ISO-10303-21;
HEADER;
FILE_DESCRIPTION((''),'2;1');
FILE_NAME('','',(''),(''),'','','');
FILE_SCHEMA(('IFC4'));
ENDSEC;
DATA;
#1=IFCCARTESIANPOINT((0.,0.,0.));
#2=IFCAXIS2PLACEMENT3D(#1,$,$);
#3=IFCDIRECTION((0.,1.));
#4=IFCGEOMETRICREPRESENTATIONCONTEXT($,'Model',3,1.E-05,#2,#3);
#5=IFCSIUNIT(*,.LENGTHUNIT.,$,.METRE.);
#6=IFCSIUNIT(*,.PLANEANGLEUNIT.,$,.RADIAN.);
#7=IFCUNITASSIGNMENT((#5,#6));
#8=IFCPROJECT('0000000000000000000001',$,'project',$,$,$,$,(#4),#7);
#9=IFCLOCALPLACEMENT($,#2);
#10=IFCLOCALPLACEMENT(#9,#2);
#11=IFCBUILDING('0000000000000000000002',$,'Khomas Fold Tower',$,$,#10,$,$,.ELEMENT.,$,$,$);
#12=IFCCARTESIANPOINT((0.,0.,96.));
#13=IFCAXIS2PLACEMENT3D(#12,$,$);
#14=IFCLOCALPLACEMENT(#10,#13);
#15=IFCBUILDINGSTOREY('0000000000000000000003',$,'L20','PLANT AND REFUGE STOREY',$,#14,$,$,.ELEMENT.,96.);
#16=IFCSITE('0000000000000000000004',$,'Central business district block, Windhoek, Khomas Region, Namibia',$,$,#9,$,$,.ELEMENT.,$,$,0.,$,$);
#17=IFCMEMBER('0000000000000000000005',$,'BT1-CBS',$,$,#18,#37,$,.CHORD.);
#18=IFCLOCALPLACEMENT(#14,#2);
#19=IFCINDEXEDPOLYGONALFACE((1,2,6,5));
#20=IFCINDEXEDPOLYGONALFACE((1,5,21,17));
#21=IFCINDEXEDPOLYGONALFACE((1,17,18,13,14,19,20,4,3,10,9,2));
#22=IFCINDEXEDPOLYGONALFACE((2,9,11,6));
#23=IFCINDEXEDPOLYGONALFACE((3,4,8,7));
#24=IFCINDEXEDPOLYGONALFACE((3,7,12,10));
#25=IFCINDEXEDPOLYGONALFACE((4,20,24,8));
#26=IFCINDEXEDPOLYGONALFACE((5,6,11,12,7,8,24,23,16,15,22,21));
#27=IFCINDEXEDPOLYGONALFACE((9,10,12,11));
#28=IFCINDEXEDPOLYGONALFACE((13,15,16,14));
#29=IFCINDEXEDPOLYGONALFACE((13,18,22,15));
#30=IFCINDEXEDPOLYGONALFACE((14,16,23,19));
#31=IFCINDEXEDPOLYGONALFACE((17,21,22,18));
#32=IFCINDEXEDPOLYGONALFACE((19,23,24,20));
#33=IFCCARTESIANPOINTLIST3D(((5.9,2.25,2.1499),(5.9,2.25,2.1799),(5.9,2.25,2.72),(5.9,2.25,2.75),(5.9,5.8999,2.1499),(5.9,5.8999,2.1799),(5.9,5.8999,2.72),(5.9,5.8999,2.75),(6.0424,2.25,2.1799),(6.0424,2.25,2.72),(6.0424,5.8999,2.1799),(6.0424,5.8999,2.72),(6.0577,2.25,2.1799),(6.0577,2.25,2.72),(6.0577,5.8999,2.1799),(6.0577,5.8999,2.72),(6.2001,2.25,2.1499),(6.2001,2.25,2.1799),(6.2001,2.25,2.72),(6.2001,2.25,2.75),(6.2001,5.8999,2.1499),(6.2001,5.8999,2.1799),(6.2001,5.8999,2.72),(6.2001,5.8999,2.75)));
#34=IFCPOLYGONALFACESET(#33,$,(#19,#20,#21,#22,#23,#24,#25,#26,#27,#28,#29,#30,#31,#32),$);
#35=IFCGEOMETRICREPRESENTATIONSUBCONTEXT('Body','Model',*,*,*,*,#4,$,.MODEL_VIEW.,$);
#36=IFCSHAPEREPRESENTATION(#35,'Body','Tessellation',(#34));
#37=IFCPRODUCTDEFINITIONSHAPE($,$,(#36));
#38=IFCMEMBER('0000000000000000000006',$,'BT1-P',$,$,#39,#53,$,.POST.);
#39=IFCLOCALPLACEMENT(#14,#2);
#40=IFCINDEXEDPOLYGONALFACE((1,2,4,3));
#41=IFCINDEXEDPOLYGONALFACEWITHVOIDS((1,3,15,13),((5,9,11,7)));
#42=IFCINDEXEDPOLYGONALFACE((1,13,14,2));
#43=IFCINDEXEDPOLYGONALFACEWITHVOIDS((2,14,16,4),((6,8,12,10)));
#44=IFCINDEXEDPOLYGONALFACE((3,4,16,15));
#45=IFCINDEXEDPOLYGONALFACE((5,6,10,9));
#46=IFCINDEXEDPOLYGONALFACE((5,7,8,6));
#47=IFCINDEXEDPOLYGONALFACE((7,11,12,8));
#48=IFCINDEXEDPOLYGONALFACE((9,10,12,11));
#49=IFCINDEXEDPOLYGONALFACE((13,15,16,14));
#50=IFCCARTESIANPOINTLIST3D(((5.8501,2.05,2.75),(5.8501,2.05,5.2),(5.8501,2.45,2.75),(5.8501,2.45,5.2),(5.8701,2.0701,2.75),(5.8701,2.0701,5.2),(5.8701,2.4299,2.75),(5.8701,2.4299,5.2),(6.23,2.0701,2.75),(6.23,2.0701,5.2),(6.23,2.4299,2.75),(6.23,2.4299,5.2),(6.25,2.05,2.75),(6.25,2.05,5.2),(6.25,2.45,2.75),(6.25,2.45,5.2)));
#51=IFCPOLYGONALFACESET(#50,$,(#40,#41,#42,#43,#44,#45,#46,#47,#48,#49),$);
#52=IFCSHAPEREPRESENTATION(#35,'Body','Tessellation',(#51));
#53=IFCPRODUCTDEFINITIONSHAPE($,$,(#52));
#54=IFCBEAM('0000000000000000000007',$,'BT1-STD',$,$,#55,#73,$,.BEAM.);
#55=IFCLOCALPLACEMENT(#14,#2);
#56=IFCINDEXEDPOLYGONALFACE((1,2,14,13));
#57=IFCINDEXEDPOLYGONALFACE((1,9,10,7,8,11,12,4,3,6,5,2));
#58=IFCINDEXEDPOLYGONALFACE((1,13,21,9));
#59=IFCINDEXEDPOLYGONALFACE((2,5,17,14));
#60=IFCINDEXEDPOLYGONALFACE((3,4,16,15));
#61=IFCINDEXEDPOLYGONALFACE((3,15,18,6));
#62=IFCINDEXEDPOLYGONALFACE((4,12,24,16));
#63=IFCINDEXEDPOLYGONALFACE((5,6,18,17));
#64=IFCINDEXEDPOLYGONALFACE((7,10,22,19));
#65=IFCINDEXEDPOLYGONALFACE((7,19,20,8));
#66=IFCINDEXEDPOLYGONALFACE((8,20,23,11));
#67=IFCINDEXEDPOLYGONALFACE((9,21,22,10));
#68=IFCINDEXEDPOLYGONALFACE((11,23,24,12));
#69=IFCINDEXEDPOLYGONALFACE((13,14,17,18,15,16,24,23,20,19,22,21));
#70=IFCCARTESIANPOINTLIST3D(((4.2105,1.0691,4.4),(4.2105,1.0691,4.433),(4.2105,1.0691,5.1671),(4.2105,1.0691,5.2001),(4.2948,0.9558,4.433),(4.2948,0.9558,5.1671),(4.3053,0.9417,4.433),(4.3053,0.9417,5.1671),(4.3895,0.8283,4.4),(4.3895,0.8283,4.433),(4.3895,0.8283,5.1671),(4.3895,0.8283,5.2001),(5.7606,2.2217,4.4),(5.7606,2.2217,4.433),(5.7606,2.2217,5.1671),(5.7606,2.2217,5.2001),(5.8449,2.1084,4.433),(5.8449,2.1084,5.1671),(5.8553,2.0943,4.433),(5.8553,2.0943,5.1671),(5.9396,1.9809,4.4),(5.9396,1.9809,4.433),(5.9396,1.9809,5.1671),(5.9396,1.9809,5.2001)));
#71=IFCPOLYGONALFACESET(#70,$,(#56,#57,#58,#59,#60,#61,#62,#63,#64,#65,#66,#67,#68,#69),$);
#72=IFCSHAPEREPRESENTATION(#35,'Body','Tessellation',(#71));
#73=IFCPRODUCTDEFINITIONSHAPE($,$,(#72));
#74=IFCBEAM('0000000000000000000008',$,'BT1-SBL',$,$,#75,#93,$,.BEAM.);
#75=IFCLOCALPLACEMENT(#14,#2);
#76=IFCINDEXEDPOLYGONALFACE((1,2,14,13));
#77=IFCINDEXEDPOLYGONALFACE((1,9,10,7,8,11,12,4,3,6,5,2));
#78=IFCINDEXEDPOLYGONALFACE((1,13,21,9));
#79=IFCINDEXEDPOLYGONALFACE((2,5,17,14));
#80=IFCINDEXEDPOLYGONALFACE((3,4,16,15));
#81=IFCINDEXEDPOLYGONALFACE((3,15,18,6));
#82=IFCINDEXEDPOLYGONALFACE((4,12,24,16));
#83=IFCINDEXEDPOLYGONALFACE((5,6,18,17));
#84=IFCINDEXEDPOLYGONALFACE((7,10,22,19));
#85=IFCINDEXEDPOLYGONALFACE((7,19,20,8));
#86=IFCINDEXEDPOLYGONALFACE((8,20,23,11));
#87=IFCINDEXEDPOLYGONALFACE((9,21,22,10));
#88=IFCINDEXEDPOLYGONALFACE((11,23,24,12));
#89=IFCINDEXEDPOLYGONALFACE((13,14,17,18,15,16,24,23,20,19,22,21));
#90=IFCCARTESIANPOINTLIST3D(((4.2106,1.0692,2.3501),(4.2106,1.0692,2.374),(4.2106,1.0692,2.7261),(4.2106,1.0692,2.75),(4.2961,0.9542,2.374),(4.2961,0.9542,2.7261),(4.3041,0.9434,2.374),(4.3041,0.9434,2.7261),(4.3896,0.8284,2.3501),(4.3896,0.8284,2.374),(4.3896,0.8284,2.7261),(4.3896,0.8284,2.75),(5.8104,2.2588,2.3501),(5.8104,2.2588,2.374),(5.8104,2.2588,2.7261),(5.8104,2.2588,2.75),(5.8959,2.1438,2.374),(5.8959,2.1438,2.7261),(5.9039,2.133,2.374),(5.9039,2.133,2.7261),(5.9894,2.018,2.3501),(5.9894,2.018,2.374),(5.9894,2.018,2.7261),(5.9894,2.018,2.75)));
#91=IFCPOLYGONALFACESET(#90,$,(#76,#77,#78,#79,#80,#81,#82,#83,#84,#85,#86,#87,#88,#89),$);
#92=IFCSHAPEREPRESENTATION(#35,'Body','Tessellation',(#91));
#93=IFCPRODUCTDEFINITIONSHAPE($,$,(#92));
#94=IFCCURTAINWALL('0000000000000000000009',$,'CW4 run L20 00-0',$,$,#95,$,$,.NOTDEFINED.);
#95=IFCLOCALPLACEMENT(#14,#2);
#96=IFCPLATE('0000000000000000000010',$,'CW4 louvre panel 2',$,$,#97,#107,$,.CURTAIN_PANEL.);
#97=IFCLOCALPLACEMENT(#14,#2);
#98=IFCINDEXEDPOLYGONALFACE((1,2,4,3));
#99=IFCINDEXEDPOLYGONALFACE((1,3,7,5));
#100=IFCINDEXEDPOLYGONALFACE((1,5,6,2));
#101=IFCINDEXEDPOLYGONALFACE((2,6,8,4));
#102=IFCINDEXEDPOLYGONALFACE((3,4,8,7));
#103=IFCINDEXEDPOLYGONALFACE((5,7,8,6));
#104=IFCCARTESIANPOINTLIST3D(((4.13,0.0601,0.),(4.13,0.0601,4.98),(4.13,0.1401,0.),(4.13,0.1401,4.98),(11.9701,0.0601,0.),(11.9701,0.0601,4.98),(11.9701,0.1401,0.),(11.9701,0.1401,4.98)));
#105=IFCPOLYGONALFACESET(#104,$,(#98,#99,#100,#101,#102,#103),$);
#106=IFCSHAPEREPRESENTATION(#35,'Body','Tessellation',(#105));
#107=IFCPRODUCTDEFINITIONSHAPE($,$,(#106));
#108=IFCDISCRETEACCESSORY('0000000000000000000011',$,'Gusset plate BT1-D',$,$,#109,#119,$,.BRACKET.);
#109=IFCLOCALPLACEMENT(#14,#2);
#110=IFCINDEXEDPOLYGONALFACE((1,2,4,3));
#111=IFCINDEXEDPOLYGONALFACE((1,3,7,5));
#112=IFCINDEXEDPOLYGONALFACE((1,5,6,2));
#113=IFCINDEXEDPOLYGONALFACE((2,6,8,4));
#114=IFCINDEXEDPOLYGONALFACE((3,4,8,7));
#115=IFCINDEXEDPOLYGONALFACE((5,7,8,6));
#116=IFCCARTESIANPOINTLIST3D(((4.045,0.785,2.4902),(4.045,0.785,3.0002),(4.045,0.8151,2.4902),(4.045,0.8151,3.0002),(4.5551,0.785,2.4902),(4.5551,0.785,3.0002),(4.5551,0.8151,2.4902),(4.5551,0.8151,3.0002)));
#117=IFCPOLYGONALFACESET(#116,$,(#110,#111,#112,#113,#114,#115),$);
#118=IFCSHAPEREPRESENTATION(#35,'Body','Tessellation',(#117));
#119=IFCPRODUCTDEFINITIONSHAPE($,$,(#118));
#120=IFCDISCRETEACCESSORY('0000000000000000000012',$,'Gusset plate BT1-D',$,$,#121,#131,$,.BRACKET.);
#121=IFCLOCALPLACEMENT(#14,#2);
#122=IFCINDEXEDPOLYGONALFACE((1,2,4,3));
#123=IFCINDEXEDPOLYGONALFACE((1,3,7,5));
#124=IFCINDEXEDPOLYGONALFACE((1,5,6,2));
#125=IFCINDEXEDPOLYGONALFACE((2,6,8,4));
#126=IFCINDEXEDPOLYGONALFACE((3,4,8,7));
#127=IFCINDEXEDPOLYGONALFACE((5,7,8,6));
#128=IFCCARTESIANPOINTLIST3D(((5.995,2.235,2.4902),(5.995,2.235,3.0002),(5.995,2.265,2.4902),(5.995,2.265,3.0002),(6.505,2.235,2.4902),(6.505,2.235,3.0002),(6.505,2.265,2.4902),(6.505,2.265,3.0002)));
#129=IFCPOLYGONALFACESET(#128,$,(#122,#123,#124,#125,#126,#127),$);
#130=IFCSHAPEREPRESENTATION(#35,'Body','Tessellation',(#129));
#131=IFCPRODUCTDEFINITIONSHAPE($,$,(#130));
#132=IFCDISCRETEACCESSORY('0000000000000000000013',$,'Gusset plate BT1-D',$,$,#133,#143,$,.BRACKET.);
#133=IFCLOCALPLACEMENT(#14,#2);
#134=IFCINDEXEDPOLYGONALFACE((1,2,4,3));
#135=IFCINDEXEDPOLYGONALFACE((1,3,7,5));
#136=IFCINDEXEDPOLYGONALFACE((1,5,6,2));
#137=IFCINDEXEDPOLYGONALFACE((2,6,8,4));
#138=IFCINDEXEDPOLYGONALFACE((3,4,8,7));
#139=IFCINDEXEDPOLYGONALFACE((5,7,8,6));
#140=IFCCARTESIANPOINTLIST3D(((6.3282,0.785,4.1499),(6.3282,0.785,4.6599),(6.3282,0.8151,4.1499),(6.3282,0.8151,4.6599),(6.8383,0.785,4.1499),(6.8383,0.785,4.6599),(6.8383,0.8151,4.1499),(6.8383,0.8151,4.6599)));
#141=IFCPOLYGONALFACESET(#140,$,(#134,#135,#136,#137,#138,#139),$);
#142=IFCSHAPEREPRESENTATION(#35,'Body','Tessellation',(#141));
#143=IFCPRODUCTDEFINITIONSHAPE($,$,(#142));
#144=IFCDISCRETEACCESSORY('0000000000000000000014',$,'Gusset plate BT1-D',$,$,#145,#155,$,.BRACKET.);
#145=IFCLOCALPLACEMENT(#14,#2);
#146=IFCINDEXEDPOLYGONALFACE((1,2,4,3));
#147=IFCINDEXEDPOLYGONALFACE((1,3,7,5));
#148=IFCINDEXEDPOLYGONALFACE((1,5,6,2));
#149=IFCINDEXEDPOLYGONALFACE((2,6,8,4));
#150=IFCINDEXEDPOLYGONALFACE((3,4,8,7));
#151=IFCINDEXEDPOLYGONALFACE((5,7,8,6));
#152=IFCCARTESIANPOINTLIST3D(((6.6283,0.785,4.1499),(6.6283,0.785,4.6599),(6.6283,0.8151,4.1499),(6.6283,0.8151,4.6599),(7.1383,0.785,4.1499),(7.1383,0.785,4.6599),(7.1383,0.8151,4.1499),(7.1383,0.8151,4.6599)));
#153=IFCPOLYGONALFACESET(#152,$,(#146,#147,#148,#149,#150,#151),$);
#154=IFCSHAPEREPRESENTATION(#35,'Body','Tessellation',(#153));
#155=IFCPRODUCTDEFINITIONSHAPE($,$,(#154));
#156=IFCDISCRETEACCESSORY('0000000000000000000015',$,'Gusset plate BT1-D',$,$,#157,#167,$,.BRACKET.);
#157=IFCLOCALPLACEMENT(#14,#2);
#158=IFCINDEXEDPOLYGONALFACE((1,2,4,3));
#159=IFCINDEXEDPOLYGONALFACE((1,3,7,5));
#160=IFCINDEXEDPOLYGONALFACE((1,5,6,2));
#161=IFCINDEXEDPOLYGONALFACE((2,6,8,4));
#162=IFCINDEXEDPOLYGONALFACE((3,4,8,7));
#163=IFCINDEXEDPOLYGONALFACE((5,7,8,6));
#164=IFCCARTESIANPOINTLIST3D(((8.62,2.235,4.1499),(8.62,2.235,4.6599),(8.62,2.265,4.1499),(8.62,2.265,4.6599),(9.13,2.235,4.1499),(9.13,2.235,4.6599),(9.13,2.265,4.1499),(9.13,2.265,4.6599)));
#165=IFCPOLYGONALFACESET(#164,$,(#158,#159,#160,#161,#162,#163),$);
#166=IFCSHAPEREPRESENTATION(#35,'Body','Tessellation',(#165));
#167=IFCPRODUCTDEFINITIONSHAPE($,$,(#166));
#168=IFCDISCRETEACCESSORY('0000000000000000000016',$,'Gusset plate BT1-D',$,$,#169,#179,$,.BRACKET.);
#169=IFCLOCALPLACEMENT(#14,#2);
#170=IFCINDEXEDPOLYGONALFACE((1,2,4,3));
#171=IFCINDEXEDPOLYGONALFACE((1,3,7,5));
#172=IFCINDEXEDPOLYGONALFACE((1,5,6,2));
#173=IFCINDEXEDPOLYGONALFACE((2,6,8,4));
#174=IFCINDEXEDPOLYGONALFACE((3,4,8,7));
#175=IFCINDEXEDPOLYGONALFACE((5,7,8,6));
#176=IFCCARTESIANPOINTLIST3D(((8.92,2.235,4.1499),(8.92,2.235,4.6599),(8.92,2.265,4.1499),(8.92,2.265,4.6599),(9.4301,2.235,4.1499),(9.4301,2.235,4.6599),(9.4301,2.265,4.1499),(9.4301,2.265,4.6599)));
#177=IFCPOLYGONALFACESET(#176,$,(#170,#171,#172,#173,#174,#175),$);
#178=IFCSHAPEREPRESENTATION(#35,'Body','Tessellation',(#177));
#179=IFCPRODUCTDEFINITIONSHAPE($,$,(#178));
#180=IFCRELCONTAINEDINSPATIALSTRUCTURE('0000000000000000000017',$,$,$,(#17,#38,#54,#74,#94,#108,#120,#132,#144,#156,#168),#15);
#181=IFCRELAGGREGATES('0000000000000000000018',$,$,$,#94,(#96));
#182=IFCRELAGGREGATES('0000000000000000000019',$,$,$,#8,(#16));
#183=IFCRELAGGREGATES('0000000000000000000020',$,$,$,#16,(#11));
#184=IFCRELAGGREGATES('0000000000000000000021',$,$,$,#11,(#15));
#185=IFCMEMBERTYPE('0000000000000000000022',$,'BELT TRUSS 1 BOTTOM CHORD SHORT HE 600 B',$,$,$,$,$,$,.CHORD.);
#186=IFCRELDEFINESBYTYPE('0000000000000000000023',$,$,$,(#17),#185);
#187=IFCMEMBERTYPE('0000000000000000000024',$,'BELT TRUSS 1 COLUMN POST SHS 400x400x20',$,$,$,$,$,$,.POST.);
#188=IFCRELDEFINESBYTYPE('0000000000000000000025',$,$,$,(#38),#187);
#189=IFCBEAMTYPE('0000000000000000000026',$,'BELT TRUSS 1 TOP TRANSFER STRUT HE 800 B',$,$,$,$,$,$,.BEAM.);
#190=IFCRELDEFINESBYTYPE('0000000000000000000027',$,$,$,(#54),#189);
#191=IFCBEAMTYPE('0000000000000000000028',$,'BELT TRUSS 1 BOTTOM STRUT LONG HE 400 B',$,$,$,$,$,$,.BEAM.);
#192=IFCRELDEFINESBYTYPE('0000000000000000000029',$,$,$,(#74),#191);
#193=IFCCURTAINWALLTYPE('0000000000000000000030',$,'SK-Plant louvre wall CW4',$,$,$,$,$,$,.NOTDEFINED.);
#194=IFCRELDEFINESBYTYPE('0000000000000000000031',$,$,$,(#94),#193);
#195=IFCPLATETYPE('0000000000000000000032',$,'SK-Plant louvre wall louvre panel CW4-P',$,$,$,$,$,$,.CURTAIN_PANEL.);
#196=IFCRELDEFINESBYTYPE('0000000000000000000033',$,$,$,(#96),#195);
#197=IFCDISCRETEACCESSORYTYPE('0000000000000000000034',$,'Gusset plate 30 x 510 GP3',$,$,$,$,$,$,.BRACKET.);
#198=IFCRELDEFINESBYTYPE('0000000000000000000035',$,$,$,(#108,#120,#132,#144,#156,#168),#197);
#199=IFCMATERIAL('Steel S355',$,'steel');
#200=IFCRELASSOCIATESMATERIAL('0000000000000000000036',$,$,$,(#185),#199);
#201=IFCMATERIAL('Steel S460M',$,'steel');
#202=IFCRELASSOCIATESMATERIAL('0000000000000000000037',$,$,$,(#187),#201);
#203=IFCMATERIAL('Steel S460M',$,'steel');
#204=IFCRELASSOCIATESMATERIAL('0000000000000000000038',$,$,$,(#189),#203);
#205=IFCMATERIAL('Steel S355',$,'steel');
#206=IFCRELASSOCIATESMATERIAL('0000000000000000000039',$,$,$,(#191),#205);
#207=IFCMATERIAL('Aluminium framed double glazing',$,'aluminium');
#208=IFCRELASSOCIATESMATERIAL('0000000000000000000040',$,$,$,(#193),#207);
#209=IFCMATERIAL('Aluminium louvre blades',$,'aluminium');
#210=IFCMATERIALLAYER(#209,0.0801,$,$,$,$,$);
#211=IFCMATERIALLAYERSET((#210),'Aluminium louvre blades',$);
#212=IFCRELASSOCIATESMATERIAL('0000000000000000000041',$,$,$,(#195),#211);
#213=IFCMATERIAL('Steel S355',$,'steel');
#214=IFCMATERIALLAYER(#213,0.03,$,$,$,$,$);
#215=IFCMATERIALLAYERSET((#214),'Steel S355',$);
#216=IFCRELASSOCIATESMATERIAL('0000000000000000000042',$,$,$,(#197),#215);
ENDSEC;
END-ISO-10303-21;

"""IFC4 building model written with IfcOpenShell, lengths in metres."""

from ifc_helpers import new_model, si_unit, direction, frame, origin, origin_2d, place, context, subcontext, project, spatial, rectangle, hollow_rectangle, i_section, extrude, source, transform, mapped, material, layer, layer_set, material_profile, profile_set, type_object, element, aggregate, save


model = new_model("IFC4")

# Units and contexts
model_context = context("Model", 3, precision=1e-05, world=origin(), true_north=direction((0.0, 1.0)))
body_context = subcontext(model_context, "Body", "Model", "MODEL_VIEW")
ifc_project = project(units=[si_unit("LENGTHUNIT", "METRE"), si_unit("PLANEANGLEUNIT", "RADIAN")], contexts=[model_context])

# Site, building, storey
site_placement = place(None, origin())
site = spatial("IfcSite", under=ifc_project, at=site_placement, Name="Central business district block, Windhoek, Khomas Region, Namibia", CompositionType="ELEMENT", RefElevation=0.0)
building_placement = place(site_placement, origin())
building = spatial("IfcBuilding", under=site, at=building_placement, Name="Khomas Fold Tower", CompositionType="ELEMENT")
storey_placement = place(building_placement, frame((0.0, 0.0, 96.0)))
storey = spatial("IfcBuildingStorey", under=building, at=storey_placement, Name="L20", Description="PLANT AND REFUGE STOREY", CompositionType="ELEMENT", Elevation=96.0)

# Members
ifc_material_1 = material(Name="Steel S355", Category="steel")
ifc_material_profile_1 = material_profile(ifc_material_1, i_section(OverallWidth=0.3, OverallDepth=0.6001, WebThickness=0.0154, FlangeThickness=0.03, at=origin_2d()), Name="HE 600 B")
ifc_profile_set_1 = profile_set([ifc_material_profile_1], Name="Steel S355")
member_type_1 = type_object("IfcMemberType", Name="BELT TRUSS 1 BOTTOM CHORD SHORT HE 600 B", PredefinedType="CHORD", material=ifc_profile_set_1)
shared_shape_1 = source(origin(), body_context, "Body", "SweptSolid", [
    extrude(i_section(OverallWidth=0.3, OverallDepth=0.6001, WebThickness=0.0154, FlangeThickness=0.03, at=origin_2d()), origin(), (0.0, 0.0, 1.0), 3.6499),
])
member_1_placement = place(storey_placement, frame((6.05, 2.25, 2.45), z_axis=(0.0, 1.0, 0.0), x_axis=(-1.0, 0.0, 0.0)))
element("IfcMember", 1, at=member_1_placement, inside=storey, type_object=member_type_1, Name="BT1-CBS", PredefinedType="CHORD", context=body_context, shape_type="MappedRepresentation", body=[
    mapped(shared_shape_1, transform((0.0, 0.0, 0.0))),
])
ifc_material_2 = material(Name="Steel S460M", Category="steel")
ifc_material_profile_2 = material_profile(ifc_material_2, hollow_rectangle(XDim=0.3999, YDim=0.3999, WallThickness=0.02, at=origin_2d()), Name="SHS 400x400x20")
ifc_profile_set_2 = profile_set([ifc_material_profile_2], Name="Steel S460M")
member_type_2 = type_object("IfcMemberType", Name="BELT TRUSS 1 COLUMN POST SHS 400x400x20", PredefinedType="POST", material=ifc_profile_set_2)
shared_shape_2 = source(origin(), body_context, "Body", "SweptSolid", [
    extrude(hollow_rectangle(XDim=0.3999, YDim=0.3999, WallThickness=0.02, at=origin_2d()), origin(), (0.0, 0.0, 1.0), 2.45),
])
member_2_placement = place(storey_placement, frame((6.05, 2.25, 2.75), z_axis=(0.0, 0.0, 1.0), x_axis=(1.0, 0.0, 0.0)))
element("IfcMember", 2, at=member_2_placement, inside=storey, type_object=member_type_2, Name="BT1-P", PredefinedType="POST", context=body_context, shape_type="MappedRepresentation", body=[
    mapped(shared_shape_2, transform((0.0, 0.0, 0.0))),
])

# Beams
ifc_material_3 = material(Name="Steel S460M", Category="steel")
ifc_material_profile_3 = material_profile(ifc_material_3, i_section(OverallWidth=0.3, OverallDepth=0.8, WebThickness=0.0176, FlangeThickness=0.033, at=origin_2d()), Name="HE 800 B")
ifc_profile_set_3 = profile_set([ifc_material_profile_3], Name="Steel S460M")
beam_type_1 = type_object("IfcBeamType", Name="BELT TRUSS 1 TOP TRANSFER STRUT HE 800 B", PredefinedType="BEAM", material=ifc_profile_set_3)
shared_shape_3 = source(origin(), body_context, "Body", "SweptSolid", [
    extrude(i_section(OverallWidth=0.3, OverallDepth=0.8, WebThickness=0.0176, FlangeThickness=0.033, at=origin_2d()), origin(), (0.0, 0.0, 1.0), 1.9316),
])
beam_1_placement = place(storey_placement, frame((5.8501, 2.1013, 4.8), z_axis=(-0.802465, -0.596699, 0.0), x_axis=(0.596699, -0.802465, 0.0)))
element("IfcBeam", 3, at=beam_1_placement, inside=storey, type_object=beam_type_1, Name="BT1-STD", PredefinedType="BEAM", context=body_context, shape_type="MappedRepresentation", body=[
    mapped(shared_shape_3, transform((0.0, 0.0, 0.0))),
])
ifc_material_4 = material(Name="Steel S355", Category="steel")
ifc_material_profile_4 = material_profile(ifc_material_4, i_section(OverallWidth=0.3, OverallDepth=0.3999, WebThickness=0.0134, FlangeThickness=0.0239, at=origin_2d()), Name="HE 400 B")
ifc_profile_set_4 = profile_set([ifc_material_profile_4], Name="Steel S355")
beam_type_2 = type_object("IfcBeamType", Name="BELT TRUSS 1 BOTTOM STRUT LONG HE 400 B", PredefinedType="BEAM", material=ifc_profile_set_4)
shared_shape_4 = source(origin(), body_context, "Body", "SweptSolid", [
    extrude(i_section(OverallWidth=0.3, OverallDepth=0.3999, WebThickness=0.0134, FlangeThickness=0.0239, at=origin_2d()), origin(), (0.0, 0.0, 1.0), 1.9937),
])
beam_2_placement = place(storey_placement, frame((5.8999, 2.1384, 2.55), z_axis=(-0.802447, -0.596723, 0.0), x_axis=(0.596723, -0.802447, 0.0)))
element("IfcBeam", 4, at=beam_2_placement, inside=storey, type_object=beam_type_2, Name="BT1-SBL", PredefinedType="BEAM", context=body_context, shape_type="MappedRepresentation", body=[
    mapped(shared_shape_4, transform((0.0, 0.0, 0.0))),
])

# Curtain wall, plate
ifc_material_5 = material(Name="Aluminium framed double glazing", Category="aluminium")
curtain_wall_type = type_object("IfcCurtainWallType", Name="SK-Plant louvre wall CW4", PredefinedType="NOTDEFINED", material=ifc_material_5)
curtain_wall_placement = place(storey_placement, origin())
curtain_wall = element("IfcCurtainWall", 5, at=curtain_wall_placement, inside=storey, type_object=curtain_wall_type, Name="CW4 run L20 00-0", PredefinedType="NOTDEFINED")
ifc_material_6 = material(Name="Aluminium louvre blades", Category="aluminium")
ifc_layer_1 = layer(ifc_material_6, 0.0801)
ifc_layer_set_1 = layer_set([ifc_layer_1], Name="Aluminium louvre blades")
plate_type = type_object("IfcPlateType", Name="SK-Plant louvre wall louvre panel CW4-P", PredefinedType="CURTAIN_PANEL", material=ifc_layer_set_1)
shared_shape_5 = source(origin(), body_context, "Body", "SweptSolid", [
    extrude(rectangle(XDim=7.8401, YDim=0.0801, at=origin_2d()), origin(), (0.0, 0.0, 1.0), 4.98),
])
plate_placement = place(storey_placement, frame((8.05, 0.1001, 0.0), z_axis=(0.0, 0.0, 1.0), x_axis=(1.0, 0.0, 0.0)))
plate = element("IfcPlate", 6, at=plate_placement, type_object=plate_type, Name="CW4 louvre panel 2", PredefinedType="CURTAIN_PANEL", context=body_context, shape_type="MappedRepresentation", body=[
    mapped(shared_shape_5, transform((0.0, 0.0, 0.0))),
])
aggregate(curtain_wall, [plate])

# Discrete accessories
ifc_material_7 = material(Name="Steel S355", Category="steel")
ifc_layer_2 = layer(ifc_material_7, 0.03)
ifc_layer_set_2 = layer_set([ifc_layer_2], Name="Steel S355")
discrete_accessory_type = type_object("IfcDiscreteAccessoryType", Name="Gusset plate 30 x 510 GP3", PredefinedType="BRACKET", material=ifc_layer_set_2)
shared_shape_6 = source(origin(), body_context, "Body", "SweptSolid", [
    extrude(rectangle(XDim=0.51, YDim=0.03, at=origin_2d()), origin(), (0.0, 0.0, 1.0), 0.51),
])
for number, where, z_axis, x_axis, name in (
    (7, (4.3, 0.8, 2.4902), (0.0, 0.0, 1.0), (1.0, 0.0, 0.0), "Gusset plate BT1-D"),
    (8, (6.25, 2.25, 2.4902), (0.0, 0.0, 1.0), (1.0, 0.0, 0.0), "Gusset plate BT1-D"),
    (9, (6.5833, 0.8, 4.1499), (0.0, 0.0, 1.0), (1.0, 0.0, 0.0), "Gusset plate BT1-D"),
    (10, (6.8833, 0.8, 4.1499), (0.0, 0.0, 1.0), (1.0, 0.0, 0.0), "Gusset plate BT1-D"),
    (11, (8.875, 2.25, 4.1499), (0.0, 0.0, 1.0), (1.0, 0.0, 0.0), "Gusset plate BT1-D"),
    (12, (9.175, 2.25, 4.1499), (0.0, 0.0, 1.0), (1.0, 0.0, 0.0), "Gusset plate BT1-D"),
):
    element("IfcDiscreteAccessory", number, at=place(storey_placement, frame(where, z_axis=z_axis, x_axis=x_axis)), inside=storey, type_object=discrete_accessory_type, Name=name, PredefinedType="BRACKET", context=body_context, shape_type="MappedRepresentation", body=[
        mapped(shared_shape_6, transform((0.0, 0.0, 0.0))),
    ])

save(model, "model.ifc")
